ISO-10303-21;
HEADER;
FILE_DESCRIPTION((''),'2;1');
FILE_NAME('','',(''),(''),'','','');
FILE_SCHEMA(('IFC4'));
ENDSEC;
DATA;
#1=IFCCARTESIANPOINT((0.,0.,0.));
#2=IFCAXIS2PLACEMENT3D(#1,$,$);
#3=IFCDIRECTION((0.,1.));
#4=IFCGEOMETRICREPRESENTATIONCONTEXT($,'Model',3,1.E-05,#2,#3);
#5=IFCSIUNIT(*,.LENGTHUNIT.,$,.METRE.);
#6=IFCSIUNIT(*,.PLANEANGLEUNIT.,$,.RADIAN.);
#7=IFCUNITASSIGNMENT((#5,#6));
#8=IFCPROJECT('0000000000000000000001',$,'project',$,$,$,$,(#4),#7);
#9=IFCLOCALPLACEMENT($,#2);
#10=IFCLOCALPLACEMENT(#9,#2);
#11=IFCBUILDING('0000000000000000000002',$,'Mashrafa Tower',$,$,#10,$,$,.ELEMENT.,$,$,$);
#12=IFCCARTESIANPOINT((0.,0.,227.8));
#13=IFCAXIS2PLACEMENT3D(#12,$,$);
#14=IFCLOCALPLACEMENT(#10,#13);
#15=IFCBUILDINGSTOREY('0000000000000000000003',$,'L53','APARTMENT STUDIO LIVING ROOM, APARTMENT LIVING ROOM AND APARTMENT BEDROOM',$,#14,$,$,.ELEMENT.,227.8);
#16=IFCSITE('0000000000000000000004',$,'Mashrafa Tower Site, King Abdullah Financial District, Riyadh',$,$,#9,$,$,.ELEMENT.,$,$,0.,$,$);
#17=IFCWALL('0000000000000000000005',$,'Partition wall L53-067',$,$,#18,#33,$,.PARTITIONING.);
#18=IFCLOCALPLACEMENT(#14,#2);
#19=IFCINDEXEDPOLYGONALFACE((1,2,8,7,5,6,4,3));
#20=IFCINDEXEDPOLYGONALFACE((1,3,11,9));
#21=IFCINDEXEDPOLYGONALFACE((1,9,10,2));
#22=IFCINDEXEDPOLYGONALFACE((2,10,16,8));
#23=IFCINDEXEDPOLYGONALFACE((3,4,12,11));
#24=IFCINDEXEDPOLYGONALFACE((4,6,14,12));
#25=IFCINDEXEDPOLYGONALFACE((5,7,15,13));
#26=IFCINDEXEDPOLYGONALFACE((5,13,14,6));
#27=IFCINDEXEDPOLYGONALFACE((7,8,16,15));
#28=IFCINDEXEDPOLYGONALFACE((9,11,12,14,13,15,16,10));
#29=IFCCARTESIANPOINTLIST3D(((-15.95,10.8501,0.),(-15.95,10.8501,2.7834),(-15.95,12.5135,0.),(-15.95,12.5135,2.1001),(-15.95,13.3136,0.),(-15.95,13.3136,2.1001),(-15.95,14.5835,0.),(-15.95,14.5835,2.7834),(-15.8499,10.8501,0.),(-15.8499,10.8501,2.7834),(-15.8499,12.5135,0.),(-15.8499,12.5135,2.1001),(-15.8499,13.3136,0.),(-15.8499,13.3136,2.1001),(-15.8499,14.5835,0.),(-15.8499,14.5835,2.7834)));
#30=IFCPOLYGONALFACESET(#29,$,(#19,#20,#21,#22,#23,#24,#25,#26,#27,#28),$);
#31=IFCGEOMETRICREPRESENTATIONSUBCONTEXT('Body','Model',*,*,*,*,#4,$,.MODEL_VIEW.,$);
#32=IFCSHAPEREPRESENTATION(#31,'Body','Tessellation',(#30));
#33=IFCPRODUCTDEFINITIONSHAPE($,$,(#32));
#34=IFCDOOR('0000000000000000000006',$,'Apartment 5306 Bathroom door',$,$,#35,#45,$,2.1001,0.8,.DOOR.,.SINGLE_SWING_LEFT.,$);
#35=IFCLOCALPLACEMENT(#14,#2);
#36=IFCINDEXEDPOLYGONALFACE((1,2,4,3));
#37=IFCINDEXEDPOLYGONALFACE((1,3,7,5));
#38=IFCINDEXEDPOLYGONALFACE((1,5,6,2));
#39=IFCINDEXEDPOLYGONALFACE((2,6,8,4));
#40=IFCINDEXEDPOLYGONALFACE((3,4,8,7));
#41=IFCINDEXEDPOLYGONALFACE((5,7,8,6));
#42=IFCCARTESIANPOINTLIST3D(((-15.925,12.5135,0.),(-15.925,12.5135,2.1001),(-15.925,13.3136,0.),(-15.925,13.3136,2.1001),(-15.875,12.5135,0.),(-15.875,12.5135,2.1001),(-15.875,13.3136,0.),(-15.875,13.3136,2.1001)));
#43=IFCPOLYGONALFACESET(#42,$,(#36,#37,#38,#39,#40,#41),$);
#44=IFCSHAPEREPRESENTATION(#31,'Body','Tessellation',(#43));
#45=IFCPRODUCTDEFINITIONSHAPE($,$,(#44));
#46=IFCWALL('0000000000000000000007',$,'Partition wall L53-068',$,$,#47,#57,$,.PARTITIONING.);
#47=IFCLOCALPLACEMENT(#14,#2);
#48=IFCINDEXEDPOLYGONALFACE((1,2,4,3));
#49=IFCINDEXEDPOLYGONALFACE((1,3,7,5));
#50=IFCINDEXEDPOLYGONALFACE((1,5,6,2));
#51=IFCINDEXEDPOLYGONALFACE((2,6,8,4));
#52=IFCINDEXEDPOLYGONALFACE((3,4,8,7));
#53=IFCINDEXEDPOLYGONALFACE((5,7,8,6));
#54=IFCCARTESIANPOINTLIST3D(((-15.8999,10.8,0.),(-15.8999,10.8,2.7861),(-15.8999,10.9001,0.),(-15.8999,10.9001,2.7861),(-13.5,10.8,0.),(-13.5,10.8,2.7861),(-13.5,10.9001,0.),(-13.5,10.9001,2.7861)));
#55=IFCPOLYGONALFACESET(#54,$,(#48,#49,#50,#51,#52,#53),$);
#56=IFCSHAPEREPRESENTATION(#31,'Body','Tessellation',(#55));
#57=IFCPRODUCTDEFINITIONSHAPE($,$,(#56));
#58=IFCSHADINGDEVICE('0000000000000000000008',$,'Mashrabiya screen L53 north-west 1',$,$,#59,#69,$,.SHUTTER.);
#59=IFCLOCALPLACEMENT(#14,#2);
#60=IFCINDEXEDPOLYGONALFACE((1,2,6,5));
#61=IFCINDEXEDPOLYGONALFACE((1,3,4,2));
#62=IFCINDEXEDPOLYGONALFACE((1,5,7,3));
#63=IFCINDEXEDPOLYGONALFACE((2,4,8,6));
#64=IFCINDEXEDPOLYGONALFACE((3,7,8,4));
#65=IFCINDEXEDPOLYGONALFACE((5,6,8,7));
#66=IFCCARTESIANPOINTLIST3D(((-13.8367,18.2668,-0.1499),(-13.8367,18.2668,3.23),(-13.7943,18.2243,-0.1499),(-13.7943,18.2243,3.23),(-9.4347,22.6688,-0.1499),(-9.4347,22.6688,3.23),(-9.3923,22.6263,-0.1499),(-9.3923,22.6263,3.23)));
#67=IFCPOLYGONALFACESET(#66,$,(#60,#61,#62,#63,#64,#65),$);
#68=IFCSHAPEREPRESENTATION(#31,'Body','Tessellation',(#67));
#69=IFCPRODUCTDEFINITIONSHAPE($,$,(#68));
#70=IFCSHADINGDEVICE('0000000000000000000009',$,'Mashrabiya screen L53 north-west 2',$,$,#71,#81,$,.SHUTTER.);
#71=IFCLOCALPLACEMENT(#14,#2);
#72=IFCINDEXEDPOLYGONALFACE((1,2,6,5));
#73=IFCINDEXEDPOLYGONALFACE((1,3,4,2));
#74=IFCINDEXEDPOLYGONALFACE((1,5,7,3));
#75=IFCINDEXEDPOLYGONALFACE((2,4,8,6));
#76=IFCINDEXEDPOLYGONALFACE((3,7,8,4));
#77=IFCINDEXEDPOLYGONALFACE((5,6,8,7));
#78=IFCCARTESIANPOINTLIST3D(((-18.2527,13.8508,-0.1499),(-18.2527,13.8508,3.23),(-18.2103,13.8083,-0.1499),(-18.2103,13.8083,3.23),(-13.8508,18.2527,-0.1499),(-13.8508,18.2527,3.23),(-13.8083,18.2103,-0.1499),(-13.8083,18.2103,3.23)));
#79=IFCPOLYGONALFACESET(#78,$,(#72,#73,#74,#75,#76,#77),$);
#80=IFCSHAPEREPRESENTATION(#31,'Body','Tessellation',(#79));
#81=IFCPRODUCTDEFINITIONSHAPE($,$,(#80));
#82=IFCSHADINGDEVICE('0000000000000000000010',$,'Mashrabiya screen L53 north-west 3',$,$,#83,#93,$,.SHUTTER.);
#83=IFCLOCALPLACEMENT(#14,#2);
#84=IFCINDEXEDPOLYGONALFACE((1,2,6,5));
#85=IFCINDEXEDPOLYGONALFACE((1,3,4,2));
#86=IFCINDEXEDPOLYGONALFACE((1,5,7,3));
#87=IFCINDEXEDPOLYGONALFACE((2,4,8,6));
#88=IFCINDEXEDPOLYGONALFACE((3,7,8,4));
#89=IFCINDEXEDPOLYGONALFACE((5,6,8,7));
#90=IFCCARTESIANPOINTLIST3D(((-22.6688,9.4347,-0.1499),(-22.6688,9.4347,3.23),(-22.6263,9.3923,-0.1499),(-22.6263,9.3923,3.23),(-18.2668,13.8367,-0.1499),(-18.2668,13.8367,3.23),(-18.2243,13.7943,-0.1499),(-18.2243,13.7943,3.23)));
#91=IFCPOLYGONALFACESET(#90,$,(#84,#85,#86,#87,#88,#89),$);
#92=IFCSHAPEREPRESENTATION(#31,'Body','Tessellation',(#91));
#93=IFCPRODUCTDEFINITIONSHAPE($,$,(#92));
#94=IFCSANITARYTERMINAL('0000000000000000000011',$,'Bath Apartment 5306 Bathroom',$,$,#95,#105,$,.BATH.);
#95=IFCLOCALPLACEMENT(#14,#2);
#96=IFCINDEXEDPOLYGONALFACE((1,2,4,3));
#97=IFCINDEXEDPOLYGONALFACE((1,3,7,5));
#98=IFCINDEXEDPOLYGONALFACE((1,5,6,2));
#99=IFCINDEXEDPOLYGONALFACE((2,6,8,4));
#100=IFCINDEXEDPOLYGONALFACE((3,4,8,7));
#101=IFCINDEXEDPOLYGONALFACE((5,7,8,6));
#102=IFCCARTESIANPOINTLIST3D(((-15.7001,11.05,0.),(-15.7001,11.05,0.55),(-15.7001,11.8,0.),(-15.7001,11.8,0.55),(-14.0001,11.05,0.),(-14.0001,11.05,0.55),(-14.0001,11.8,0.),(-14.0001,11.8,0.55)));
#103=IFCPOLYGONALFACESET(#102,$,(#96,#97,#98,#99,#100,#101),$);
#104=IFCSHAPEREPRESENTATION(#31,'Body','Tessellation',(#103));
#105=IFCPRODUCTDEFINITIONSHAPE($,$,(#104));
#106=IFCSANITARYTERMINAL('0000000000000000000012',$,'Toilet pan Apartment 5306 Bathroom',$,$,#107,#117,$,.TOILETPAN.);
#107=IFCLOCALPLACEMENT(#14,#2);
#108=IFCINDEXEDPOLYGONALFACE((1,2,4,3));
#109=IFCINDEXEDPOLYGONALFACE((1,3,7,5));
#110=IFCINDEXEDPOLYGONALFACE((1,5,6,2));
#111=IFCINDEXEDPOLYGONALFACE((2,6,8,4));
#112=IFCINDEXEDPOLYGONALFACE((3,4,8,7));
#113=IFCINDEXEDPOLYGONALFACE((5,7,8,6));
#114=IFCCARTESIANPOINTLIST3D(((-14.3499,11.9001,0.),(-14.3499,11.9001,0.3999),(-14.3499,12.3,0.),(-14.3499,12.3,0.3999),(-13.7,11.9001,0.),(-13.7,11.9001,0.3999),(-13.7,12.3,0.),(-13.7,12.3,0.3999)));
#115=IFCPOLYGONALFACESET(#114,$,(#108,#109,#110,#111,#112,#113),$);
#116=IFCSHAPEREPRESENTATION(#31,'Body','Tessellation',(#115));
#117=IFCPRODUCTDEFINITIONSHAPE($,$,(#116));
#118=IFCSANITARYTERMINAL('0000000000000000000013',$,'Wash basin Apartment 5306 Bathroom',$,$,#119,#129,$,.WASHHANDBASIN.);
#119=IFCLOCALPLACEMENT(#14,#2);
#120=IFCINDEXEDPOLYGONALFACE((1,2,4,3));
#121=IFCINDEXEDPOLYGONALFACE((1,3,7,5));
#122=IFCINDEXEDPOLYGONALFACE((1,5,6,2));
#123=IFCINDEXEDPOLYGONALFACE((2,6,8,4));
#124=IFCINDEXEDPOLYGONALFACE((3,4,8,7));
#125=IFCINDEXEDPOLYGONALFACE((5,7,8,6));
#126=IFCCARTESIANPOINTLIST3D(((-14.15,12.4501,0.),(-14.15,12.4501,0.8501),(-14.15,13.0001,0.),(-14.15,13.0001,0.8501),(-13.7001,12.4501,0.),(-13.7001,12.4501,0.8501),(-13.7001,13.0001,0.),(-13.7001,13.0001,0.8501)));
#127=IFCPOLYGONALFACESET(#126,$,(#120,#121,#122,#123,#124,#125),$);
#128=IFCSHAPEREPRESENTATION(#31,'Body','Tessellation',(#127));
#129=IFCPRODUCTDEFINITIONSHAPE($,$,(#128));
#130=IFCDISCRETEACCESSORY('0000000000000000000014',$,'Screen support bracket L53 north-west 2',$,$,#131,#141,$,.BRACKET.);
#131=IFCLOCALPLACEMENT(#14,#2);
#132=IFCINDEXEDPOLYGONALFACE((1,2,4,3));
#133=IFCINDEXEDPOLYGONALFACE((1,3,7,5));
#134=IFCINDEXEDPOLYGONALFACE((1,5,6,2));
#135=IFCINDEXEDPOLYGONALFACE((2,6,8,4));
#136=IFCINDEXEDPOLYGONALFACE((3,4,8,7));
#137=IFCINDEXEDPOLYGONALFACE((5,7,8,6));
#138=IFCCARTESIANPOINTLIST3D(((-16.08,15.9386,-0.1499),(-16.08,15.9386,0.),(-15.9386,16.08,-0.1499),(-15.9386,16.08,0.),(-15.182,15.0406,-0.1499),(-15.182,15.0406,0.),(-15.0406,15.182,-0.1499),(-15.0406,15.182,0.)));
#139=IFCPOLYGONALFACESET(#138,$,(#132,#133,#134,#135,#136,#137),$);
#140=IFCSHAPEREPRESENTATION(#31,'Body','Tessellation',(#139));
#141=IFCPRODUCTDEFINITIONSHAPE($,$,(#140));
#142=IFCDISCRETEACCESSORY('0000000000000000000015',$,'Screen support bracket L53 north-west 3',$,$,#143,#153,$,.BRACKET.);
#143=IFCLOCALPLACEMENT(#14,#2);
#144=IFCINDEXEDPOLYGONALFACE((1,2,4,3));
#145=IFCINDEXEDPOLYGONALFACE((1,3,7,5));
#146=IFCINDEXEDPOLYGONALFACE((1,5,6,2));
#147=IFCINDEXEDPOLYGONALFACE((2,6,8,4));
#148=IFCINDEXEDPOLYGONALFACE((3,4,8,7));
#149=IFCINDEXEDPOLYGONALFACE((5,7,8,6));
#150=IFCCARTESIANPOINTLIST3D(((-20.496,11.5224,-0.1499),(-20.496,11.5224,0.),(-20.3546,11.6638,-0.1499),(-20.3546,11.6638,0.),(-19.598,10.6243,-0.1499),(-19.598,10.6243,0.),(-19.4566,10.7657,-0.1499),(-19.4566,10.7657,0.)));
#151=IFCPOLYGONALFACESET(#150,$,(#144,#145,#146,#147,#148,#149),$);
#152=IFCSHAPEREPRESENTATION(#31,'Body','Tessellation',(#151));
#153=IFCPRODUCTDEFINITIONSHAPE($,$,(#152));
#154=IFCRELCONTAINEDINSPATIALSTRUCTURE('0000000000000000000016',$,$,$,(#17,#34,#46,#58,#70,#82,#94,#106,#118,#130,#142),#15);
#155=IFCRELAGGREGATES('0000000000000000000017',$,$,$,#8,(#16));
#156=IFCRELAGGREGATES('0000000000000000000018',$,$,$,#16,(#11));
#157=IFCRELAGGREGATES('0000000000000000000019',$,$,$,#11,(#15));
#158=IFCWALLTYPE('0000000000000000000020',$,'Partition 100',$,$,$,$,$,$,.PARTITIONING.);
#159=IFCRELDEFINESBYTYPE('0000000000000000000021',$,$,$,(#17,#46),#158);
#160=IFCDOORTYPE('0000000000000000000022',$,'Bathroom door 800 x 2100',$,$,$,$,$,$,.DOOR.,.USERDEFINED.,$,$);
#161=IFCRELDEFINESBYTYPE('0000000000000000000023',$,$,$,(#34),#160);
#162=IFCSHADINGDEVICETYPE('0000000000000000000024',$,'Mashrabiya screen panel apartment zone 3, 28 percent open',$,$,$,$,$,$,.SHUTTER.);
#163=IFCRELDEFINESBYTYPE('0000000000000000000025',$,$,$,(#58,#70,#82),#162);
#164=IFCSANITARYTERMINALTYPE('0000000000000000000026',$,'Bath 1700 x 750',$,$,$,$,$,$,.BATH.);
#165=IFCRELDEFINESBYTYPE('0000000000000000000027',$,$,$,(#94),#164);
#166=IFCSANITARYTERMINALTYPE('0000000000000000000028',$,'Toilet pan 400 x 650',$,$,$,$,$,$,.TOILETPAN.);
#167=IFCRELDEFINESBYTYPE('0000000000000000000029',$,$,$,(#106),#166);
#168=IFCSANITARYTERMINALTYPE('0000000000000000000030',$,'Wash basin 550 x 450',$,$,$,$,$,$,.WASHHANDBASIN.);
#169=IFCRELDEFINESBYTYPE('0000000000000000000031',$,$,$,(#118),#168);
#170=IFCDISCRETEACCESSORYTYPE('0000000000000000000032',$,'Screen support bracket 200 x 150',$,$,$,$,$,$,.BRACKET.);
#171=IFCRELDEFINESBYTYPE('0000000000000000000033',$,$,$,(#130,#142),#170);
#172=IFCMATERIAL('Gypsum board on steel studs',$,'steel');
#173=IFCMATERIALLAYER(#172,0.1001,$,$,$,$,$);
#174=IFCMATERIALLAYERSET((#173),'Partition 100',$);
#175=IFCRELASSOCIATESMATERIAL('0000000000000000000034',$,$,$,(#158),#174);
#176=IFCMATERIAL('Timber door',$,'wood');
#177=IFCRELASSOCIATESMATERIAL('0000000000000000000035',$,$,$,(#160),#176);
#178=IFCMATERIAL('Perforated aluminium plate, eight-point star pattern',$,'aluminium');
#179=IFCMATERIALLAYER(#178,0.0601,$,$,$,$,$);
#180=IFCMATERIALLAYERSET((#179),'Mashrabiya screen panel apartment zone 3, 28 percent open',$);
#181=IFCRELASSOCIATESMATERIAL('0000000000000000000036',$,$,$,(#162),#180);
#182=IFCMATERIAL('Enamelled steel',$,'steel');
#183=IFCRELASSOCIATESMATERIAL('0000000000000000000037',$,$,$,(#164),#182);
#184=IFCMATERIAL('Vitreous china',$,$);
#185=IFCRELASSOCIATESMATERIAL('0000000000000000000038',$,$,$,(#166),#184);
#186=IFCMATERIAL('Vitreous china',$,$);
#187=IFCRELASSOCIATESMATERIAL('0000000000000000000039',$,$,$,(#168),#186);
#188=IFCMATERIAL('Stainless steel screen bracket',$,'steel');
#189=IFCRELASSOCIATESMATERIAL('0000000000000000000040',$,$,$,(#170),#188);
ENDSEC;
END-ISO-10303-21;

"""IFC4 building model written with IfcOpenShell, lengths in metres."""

from ifc_helpers import new_model, si_unit, direction, frame, frame_2d, origin, origin_2d, place, context, subcontext, project, spatial, rectangle, extrude, source, transform, mapped, material, layer, layer_set, type_object, type_shapes, element, fill, save


model = new_model("IFC4")

# Units and contexts
model_context = context("Model", 3, precision=1e-05, world=origin(), true_north=direction((0.0, 1.0)))
body_context = subcontext(model_context, "Body", "Model", "MODEL_VIEW")
ifc_project = project(units=[si_unit("LENGTHUNIT", "METRE"), si_unit("PLANEANGLEUNIT", "RADIAN")], contexts=[model_context])

# Site, building, storey
site_placement = place(None, origin())
site = spatial("IfcSite", under=ifc_project, at=site_placement, Name="Mashrafa Tower Site, King Abdullah Financial District, Riyadh", CompositionType="ELEMENT", RefElevation=0.0)
building_placement = place(site_placement, origin())
building = spatial("IfcBuilding", under=site, at=building_placement, Name="Mashrafa Tower", CompositionType="ELEMENT")
storey_placement = place(building_placement, frame((0.0, 0.0, 227.8)))
storey = spatial("IfcBuildingStorey", under=building, at=storey_placement, Name="L53", Description="APARTMENT STUDIO LIVING ROOM, APARTMENT LIVING ROOM AND APARTMENT BEDROOM", CompositionType="ELEMENT", Elevation=227.8)

# Wall, opening, door
ifc_material_1 = material(Name="Gypsum board on steel studs", Category="steel")
ifc_layer_1 = layer(ifc_material_1, 0.1001)
ifc_layer_set_1 = layer_set([ifc_layer_1], Name="Partition 100")
wall_type_1 = type_object("IfcWallType", Name="Partition 100", PredefinedType="PARTITIONING", material=ifc_layer_set_1)
wall_1_placement = place(storey_placement, frame((-15.8999, 14.5835, 0.0), z_axis=(0.0, 0.0, 1.0), x_axis=(0.0, -1.0, 0.0)))
wall_1 = element("IfcWall", 1, at=wall_1_placement, inside=storey, type_object=wall_type_1, Name="Partition wall L53-067", PredefinedType="PARTITIONING", context=body_context, shape_type="SweptSolid", body=[
    extrude(rectangle(XDim=3.7334, YDim=0.1001, at=frame_2d((1.8667, 0.0))), origin(), (0.0, 0.0, 1.0), 2.7834),
])
opening_placement = place(wall_1_placement, frame((1.27, 0.0, 0.0)))
opening = element("IfcOpeningElement", 2, at=opening_placement, cuts=wall_1, PredefinedType="OPENING", context=body_context, shape_type="SweptSolid", body=[
    extrude(rectangle(XDim=0.8, YDim=2.1001, at=frame_2d((0.3999, 1.05))), frame((0.0, 0.0601, 0.0), z_axis=(0.0, -1.0, 0.0), x_axis=(1.0, 0.0, 0.0)), (0.0, 0.0, 1.0), 0.1201),
])
ifc_material_2 = material(Name="Timber door", Category="wood")
door_type = type_object("IfcDoorType", Name="Bathroom door 800 x 2100", OperationType="USERDEFINED", PredefinedType="DOOR", material=ifc_material_2)
door_placement = place(opening_placement, origin())
door = element("IfcDoor", 3, at=door_placement, inside=storey, type_object=door_type, Name="Apartment 5306 Bathroom door", OperationType="SINGLE_SWING_LEFT", OverallHeight=2.1001, OverallWidth=0.8, PredefinedType="DOOR", context=body_context, shape_type="SweptSolid", body=[
    extrude(rectangle(XDim=0.8, YDim=2.1001, at=frame_2d((0.3999, 1.05))), frame((0.0, 0.0249, 0.0), z_axis=(0.0, -1.0, 0.0), x_axis=(1.0, 0.0, 0.0)), (0.0, 0.0, 1.0), 0.05),
])
fill(opening, door)

# Wall
wall_2_placement = place(storey_placement, frame((-15.8999, 10.8501, 0.0), z_axis=(0.0, 0.0, 1.0), x_axis=(1.0, 0.0, 0.0)))
element("IfcWall", 4, at=wall_2_placement, inside=storey, type_object=wall_type_1, Name="Partition wall L53-068", PredefinedType="PARTITIONING", context=body_context, shape_type="SweptSolid", body=[
    extrude(rectangle(XDim=2.3999, YDim=0.1001, at=frame_2d((1.2, 0.0))), origin(), (0.0, 0.0, 1.0), 2.7861),
])

# Shading devices
ifc_material_3 = material(Name="Perforated aluminium plate, eight-point star pattern", Category="aluminium")
ifc_layer_2 = layer(ifc_material_3, 0.0601)
ifc_layer_set_2 = layer_set([ifc_layer_2], Name="Mashrabiya screen panel apartment zone 3, 28 percent open")
shading_device_type = type_object("IfcShadingDeviceType", Name="Mashrabiya screen panel apartment zone 3, 28 percent open", PredefinedType="SHUTTER", material=ifc_layer_set_2)
shared_shape_1 = source(origin(), body_context, "Body", "SweptSolid", [
    extrude(rectangle(XDim=6.2253, YDim=0.0601, at=origin_2d()), origin(), (0.0, 0.0, 1.0), 3.3799),
])
type_shapes(shading_device_type, [shared_shape_1])
for number, where, z_axis, x_axis, name in (
    (5, (-11.6145, 20.4465, -0.1499), (0.0, 0.0, 1.0), (-0.707107, -0.707107, 0.0), "Mashrabiya screen L53 north-west 1"),
    (6, (-16.0305, 16.0305, -0.1499), (0.0, 0.0, 1.0), (-0.707107, -0.707107, 0.0), "Mashrabiya screen L53 north-west 2"),
    (7, (-20.4465, 11.6145, -0.1499), (0.0, 0.0, 1.0), (-0.707107, -0.707107, 0.0), "Mashrabiya screen L53 north-west 3"),
):
    element("IfcShadingDevice", number, at=place(storey_placement, frame(where, z_axis=z_axis, x_axis=x_axis)), inside=storey, type_object=shading_device_type, Name=name, PredefinedType="SHUTTER", context=body_context, shape_type="MappedRepresentation", body=[
        mapped(shared_shape_1, transform((0.0, 0.0, 0.0))),
    ])

# Sanitary terminals
ifc_material_4 = material(Name="Enamelled steel", Category="steel")
sanitary_terminal_type_1 = type_object("IfcSanitaryTerminalType", Name="Bath 1700 x 750", PredefinedType="BATH", material=ifc_material_4)
sanitary_terminal_1_placement = place(storey_placement, frame((-14.8501, 11.425, 0.0), z_axis=(0.0, 0.0, 1.0), x_axis=(1.0, 0.0, 0.0)))
element("IfcSanitaryTerminal", 8, at=sanitary_terminal_1_placement, inside=storey, type_object=sanitary_terminal_type_1, Name="Bath Apartment 5306 Bathroom", PredefinedType="BATH", context=body_context, shape_type="SweptSolid", body=[
    extrude(rectangle(XDim=1.7, YDim=0.75, at=origin_2d()), origin(), (0.0, 0.0, 1.0), 0.55),
])
ifc_material_5 = material(Name="Vitreous china")
sanitary_terminal_type_2 = type_object("IfcSanitaryTerminalType", Name="Toilet pan 400 x 650", PredefinedType="TOILETPAN", material=ifc_material_5)
sanitary_terminal_2_placement = place(storey_placement, frame((-14.0249, 12.1001, 0.0), z_axis=(0.0, 0.0, 1.0), x_axis=(0.0, 1.0, 0.0)))
element("IfcSanitaryTerminal", 9, at=sanitary_terminal_2_placement, inside=storey, type_object=sanitary_terminal_type_2, Name="Toilet pan Apartment 5306 Bathroom", PredefinedType="TOILETPAN", context=body_context, shape_type="SweptSolid", body=[
    extrude(rectangle(XDim=0.3999, YDim=0.6499, at=origin_2d()), origin(), (0.0, 0.0, 1.0), 0.3999),
])
ifc_material_6 = material(Name="Vitreous china")
sanitary_terminal_type_3 = type_object("IfcSanitaryTerminalType", Name="Wash basin 550 x 450", PredefinedType="WASHHANDBASIN", material=ifc_material_6)
sanitary_terminal_3_placement = place(storey_placement, frame((-13.925, 12.7251, 0.0), z_axis=(0.0, 0.0, 1.0), x_axis=(0.0, 1.0, 0.0)))
element("IfcSanitaryTerminal", 10, at=sanitary_terminal_3_placement, inside=storey, type_object=sanitary_terminal_type_3, Name="Wash basin Apartment 5306 Bathroom", PredefinedType="WASHHANDBASIN", context=body_context, shape_type="SweptSolid", body=[
    extrude(rectangle(XDim=0.55, YDim=0.45, at=origin_2d()), origin(), (0.0, 0.0, 1.0), 0.8501),
])

# Discrete accessories
ifc_material_7 = material(Name="Stainless steel screen bracket", Category="steel")
discrete_accessory_type = type_object("IfcDiscreteAccessoryType", Name="Screen support bracket 200 x 150", PredefinedType="BRACKET", material=ifc_material_7)
shared_shape_2 = source(origin(), body_context, "Body", "SweptSolid", [
    extrude(rectangle(XDim=0.2, YDim=1.27, at=origin_2d()), origin(), (0.0, 0.0, 1.0), 0.1499),
])
type_shapes(discrete_accessory_type, [shared_shape_2])
for number, where, z_axis, x_axis, name in (
    (11, (-15.5603, 15.5603, -0.1499), (0.0, 0.0, 1.0), (-0.707107, -0.707107, 0.0), "Screen support bracket L53 north-west 2"),
    (12, (-19.9763, 11.144, -0.1499), (0.0, 0.0, 1.0), (-0.707107, -0.707107, 0.0), "Screen support bracket L53 north-west 3"),
):
    element("IfcDiscreteAccessory", number, at=place(storey_placement, frame(where, z_axis=z_axis, x_axis=x_axis)), inside=storey, type_object=discrete_accessory_type, Name=name, PredefinedType="BRACKET", context=body_context, shape_type="MappedRepresentation", body=[
        mapped(shared_shape_2, transform((0.0, 0.0, 0.0))),
    ])

save(model, "model.ifc")
